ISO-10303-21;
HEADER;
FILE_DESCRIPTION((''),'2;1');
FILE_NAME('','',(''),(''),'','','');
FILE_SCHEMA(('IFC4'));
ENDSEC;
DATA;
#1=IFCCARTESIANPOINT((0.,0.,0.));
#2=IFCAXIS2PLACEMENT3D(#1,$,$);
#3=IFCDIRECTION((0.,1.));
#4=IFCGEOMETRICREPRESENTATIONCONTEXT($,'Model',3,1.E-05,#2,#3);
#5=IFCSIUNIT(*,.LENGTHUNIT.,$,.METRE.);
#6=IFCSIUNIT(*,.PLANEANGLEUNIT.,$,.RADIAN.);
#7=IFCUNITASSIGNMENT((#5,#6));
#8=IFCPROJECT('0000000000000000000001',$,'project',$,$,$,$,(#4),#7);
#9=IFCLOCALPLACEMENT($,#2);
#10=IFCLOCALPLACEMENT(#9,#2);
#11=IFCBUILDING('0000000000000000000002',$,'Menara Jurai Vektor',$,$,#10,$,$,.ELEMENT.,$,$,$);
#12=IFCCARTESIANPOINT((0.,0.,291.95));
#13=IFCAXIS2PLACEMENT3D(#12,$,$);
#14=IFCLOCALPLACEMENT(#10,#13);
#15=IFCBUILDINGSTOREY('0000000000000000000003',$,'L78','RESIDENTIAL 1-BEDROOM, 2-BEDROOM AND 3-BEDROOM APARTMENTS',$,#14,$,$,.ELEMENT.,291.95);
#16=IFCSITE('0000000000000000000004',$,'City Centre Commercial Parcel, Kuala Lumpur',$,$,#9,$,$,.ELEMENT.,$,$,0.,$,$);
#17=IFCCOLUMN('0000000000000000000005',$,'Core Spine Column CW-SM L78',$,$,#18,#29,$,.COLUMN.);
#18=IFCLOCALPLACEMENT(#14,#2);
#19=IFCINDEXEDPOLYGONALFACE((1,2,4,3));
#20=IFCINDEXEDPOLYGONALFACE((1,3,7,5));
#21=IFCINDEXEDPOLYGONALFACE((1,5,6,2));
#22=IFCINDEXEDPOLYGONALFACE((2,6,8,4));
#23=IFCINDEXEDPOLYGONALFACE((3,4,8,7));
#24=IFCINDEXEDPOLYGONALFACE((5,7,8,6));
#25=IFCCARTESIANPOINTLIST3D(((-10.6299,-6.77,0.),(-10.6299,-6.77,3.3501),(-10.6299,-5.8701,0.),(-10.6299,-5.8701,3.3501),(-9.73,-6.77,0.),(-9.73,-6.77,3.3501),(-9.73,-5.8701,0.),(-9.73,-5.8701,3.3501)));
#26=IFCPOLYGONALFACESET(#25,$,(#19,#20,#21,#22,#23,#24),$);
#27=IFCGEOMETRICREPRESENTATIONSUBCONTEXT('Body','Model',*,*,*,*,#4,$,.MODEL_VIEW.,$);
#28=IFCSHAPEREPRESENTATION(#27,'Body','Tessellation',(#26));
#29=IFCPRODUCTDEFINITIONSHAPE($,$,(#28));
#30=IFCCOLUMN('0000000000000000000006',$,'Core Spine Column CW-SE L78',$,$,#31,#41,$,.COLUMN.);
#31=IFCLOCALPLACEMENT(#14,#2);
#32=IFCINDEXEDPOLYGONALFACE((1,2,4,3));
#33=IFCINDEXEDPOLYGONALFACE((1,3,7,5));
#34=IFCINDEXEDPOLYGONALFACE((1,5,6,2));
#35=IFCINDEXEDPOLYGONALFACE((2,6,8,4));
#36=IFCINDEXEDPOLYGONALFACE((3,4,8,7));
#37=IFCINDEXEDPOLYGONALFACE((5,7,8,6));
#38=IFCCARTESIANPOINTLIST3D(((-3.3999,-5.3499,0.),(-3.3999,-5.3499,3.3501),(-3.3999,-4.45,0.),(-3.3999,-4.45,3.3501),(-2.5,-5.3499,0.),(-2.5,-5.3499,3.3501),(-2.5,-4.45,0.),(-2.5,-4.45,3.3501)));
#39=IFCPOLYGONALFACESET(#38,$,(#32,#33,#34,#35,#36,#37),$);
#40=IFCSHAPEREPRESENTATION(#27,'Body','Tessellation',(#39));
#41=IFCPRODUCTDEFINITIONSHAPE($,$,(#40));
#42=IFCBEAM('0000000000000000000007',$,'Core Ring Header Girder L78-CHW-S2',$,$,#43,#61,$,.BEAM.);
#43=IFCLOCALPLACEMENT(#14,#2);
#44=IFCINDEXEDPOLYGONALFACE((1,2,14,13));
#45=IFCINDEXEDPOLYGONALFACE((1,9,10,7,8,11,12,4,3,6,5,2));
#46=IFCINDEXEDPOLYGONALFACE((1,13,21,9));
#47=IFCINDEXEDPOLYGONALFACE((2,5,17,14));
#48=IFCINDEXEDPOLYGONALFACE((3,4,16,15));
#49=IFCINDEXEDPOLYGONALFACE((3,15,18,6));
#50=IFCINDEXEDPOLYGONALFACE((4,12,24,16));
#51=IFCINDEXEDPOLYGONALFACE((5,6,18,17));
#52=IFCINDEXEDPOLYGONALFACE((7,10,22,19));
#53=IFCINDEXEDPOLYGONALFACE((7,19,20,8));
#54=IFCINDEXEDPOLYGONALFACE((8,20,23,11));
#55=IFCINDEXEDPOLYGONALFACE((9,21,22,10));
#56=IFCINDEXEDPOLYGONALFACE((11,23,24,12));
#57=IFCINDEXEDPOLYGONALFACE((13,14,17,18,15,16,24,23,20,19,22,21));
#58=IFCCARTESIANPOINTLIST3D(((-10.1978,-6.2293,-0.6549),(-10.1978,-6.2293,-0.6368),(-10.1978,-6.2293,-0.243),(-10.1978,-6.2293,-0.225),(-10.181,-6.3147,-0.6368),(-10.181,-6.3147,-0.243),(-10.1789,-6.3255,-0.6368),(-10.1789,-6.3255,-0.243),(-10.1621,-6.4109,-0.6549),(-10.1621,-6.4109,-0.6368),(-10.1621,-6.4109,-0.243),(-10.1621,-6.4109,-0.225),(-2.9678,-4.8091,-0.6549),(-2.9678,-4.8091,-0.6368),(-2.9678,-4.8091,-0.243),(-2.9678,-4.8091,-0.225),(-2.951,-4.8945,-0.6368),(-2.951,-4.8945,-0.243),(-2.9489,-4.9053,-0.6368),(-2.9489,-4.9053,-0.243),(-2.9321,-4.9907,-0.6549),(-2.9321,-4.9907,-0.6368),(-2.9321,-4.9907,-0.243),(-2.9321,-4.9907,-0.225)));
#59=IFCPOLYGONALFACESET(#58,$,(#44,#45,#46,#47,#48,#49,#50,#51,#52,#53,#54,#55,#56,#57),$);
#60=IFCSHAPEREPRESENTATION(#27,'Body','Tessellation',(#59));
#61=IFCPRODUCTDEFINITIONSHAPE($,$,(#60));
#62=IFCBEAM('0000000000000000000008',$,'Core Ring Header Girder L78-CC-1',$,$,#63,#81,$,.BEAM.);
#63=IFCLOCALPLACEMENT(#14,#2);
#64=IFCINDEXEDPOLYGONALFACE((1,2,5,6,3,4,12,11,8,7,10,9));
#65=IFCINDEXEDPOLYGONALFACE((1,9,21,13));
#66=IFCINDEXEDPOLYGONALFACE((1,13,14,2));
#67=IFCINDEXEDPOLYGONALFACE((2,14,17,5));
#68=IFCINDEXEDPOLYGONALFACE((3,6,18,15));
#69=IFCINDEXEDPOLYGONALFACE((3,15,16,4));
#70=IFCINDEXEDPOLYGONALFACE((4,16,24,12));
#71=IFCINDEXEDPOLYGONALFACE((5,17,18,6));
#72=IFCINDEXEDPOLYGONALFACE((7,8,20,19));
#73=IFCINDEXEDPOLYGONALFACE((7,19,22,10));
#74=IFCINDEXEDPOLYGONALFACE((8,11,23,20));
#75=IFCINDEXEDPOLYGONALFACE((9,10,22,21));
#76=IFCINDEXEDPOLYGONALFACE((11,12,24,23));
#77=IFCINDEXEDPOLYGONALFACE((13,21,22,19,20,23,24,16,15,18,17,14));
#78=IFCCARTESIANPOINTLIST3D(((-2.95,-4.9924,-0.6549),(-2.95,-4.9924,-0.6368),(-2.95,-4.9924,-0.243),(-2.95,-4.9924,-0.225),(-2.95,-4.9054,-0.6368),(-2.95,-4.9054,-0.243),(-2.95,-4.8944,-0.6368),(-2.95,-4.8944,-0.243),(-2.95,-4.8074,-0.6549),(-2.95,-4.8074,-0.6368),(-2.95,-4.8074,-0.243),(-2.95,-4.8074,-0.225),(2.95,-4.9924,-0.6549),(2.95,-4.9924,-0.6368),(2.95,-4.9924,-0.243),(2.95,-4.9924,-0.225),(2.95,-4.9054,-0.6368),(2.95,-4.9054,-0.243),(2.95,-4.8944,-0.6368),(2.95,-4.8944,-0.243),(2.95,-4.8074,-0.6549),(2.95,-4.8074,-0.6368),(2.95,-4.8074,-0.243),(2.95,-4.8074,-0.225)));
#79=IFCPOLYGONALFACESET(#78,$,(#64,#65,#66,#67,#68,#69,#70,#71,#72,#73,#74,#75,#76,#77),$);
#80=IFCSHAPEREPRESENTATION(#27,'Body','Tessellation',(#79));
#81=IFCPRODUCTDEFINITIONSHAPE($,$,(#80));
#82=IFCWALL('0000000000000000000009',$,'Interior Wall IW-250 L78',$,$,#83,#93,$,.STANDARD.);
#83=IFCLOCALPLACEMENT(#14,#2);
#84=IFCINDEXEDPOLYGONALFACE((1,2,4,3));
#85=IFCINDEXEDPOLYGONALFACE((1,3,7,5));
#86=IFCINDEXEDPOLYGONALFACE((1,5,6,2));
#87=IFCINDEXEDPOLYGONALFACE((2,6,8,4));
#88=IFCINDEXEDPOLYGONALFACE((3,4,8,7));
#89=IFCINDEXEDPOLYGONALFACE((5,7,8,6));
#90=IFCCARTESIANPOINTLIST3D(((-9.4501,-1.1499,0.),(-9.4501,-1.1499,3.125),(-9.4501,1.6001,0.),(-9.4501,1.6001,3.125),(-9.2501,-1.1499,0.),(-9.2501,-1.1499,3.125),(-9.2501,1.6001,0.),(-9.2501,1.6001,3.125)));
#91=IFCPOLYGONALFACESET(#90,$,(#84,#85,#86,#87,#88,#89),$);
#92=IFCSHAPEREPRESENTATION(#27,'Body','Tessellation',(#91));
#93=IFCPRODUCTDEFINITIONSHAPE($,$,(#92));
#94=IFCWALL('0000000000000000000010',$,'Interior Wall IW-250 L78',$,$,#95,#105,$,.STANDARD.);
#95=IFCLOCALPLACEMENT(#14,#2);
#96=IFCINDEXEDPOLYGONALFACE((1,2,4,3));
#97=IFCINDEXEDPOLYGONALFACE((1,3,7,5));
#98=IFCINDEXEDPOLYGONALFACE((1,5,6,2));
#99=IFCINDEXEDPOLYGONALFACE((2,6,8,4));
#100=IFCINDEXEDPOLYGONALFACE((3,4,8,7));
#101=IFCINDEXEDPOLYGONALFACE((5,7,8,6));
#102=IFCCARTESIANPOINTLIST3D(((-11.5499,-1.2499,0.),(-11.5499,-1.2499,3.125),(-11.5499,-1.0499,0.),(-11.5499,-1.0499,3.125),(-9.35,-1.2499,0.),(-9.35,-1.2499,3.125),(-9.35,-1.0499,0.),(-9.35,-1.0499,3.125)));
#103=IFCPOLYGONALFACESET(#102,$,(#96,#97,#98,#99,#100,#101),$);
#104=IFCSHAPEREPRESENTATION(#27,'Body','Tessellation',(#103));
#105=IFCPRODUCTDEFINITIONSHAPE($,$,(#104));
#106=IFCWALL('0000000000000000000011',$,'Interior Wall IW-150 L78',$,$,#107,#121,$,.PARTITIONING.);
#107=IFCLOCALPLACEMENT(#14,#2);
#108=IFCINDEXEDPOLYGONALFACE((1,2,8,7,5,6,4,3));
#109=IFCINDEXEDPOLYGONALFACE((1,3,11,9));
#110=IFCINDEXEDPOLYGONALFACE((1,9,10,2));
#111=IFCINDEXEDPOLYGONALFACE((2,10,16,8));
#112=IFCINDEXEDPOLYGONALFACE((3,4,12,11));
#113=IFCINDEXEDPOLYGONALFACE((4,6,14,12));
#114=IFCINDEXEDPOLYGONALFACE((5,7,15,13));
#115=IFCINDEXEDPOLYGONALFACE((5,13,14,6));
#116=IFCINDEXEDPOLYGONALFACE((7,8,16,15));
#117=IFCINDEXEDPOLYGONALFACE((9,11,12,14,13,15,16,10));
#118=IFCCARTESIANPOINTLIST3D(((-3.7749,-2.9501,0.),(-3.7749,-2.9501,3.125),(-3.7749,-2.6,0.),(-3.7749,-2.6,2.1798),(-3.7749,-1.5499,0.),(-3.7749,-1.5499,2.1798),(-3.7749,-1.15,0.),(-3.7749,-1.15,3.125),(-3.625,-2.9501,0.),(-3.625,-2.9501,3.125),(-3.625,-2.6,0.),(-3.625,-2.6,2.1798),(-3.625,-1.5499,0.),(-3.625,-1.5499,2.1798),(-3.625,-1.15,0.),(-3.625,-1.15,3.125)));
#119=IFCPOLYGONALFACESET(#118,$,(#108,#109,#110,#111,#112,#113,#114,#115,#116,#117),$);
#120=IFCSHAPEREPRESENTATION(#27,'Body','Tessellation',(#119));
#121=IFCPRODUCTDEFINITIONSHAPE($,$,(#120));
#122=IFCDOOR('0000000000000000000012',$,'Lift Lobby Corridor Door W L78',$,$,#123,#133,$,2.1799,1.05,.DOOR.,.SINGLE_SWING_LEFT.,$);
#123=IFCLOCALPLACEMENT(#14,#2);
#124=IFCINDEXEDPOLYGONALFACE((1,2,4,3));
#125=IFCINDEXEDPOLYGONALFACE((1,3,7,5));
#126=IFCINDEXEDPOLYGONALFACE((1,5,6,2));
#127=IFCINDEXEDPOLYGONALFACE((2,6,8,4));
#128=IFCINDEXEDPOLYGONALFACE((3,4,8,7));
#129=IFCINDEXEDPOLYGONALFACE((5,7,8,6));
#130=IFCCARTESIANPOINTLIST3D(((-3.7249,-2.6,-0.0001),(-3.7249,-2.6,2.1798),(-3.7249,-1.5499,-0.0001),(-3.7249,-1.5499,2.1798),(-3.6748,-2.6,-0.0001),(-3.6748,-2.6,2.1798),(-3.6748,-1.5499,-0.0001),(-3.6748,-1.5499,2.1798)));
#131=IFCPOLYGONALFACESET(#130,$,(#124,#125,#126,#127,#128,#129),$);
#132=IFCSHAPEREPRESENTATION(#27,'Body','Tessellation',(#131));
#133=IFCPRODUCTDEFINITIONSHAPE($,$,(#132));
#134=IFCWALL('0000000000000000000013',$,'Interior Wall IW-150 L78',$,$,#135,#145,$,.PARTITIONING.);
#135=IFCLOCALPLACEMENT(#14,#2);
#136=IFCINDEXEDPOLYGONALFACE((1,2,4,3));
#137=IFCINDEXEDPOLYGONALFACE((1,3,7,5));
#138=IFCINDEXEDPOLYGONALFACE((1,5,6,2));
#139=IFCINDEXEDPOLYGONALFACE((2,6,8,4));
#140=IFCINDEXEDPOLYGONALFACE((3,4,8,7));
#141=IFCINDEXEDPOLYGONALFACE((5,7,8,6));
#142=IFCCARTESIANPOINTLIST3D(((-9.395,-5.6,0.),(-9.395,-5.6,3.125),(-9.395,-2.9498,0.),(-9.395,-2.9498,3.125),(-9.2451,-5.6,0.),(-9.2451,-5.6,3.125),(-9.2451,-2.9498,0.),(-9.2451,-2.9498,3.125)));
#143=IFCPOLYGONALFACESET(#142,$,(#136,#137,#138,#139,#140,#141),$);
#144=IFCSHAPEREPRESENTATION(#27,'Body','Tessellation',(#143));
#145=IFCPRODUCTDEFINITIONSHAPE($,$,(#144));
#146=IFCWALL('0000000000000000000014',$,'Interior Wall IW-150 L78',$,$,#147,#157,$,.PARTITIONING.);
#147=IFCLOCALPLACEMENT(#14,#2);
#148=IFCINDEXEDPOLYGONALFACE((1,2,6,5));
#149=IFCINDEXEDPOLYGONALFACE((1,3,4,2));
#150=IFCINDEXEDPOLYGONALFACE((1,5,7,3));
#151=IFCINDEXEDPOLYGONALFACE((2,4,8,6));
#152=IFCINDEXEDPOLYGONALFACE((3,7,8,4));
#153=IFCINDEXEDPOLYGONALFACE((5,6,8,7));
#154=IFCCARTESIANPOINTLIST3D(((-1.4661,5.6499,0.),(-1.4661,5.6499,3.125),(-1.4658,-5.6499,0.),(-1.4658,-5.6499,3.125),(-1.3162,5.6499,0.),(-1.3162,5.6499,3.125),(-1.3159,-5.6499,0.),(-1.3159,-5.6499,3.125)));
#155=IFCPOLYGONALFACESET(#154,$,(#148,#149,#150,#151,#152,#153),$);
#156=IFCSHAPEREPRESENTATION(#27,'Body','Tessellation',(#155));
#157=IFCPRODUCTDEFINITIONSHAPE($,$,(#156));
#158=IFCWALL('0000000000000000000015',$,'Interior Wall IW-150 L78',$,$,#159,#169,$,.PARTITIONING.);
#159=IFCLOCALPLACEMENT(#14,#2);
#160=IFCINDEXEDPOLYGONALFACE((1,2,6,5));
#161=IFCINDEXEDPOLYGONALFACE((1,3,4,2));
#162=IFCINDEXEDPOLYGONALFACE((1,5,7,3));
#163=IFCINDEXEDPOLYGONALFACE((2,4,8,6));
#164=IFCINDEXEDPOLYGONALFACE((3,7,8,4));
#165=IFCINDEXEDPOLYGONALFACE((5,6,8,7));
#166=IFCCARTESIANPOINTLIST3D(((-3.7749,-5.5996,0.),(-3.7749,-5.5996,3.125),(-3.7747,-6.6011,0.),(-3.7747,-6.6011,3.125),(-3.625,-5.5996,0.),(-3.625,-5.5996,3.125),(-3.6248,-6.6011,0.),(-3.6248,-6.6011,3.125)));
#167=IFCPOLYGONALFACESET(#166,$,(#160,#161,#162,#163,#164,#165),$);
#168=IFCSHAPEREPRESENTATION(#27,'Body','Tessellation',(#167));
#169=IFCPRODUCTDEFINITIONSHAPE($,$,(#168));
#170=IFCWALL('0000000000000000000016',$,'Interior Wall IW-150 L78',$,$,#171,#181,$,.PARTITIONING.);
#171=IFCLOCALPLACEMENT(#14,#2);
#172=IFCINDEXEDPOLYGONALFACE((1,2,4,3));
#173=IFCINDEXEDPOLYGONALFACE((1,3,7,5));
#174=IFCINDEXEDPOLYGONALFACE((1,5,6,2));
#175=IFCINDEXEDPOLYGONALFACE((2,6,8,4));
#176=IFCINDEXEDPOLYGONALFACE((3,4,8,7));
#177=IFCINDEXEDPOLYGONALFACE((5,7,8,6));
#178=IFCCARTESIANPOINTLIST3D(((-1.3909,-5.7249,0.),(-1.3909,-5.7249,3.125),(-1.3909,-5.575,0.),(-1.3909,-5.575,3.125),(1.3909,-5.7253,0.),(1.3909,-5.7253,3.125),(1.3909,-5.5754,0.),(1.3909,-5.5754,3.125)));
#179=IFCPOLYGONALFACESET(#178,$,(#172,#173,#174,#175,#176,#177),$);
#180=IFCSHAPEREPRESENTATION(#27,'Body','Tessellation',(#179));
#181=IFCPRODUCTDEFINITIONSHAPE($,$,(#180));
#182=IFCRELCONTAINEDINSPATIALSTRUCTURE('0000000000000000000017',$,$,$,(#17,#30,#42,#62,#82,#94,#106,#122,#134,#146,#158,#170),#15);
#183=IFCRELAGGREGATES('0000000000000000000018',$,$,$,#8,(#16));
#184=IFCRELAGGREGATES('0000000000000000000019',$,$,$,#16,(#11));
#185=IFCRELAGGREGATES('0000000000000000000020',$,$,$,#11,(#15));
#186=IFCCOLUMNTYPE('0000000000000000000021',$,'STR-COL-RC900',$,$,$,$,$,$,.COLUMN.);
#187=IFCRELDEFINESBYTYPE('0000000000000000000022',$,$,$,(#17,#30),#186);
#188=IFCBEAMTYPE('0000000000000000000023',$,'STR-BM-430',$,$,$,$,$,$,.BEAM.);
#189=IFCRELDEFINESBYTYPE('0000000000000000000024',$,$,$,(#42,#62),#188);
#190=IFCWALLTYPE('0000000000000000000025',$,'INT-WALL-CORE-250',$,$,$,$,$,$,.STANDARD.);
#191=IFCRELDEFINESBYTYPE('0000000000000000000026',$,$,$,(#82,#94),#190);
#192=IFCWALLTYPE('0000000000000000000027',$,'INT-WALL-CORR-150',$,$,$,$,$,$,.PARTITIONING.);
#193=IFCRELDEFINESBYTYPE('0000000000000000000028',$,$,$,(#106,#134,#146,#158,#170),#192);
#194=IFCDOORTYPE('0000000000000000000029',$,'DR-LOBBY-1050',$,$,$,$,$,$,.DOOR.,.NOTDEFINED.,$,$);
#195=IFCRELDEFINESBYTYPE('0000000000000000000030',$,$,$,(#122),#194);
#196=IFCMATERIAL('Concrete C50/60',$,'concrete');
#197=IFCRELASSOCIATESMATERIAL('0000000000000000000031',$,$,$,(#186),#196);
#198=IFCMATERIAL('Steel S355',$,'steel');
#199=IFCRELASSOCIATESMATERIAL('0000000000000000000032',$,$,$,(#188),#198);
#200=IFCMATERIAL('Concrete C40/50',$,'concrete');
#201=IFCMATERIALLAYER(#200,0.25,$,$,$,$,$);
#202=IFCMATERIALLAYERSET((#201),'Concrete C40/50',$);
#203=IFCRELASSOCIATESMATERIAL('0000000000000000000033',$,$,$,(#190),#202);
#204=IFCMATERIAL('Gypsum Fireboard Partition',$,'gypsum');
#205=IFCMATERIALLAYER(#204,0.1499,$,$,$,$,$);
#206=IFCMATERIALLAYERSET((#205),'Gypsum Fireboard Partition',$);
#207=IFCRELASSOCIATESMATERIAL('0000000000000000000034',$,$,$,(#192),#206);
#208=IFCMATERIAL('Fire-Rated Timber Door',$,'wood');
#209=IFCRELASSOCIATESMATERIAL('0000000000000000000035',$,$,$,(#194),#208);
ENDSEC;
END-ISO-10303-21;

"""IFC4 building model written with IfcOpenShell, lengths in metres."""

from ifc_helpers import new_model, si_unit, direction, frame, frame_2d, origin, origin_2d, place, context, subcontext, project, spatial, rectangle, i_section, extrude, material, layer, layer_set, material_profile, profile_set, type_object, element, fill, save


model = new_model("IFC4")

# Units and contexts
model_context = context("Model", 3, precision=1e-05, world=origin(), true_north=direction((0.0, 1.0)))
body_context = subcontext(model_context, "Body", "Model", "MODEL_VIEW")
ifc_project = project(units=[si_unit("LENGTHUNIT", "METRE"), si_unit("PLANEANGLEUNIT", "RADIAN")], contexts=[model_context])

# Site, building, storey
site_placement = place(None, origin())
site = spatial("IfcSite", under=ifc_project, at=site_placement, Name="City Centre Commercial Parcel, Kuala Lumpur", CompositionType="ELEMENT", RefElevation=0.0)
building_placement = place(site_placement, origin())
building = spatial("IfcBuilding", under=site, at=building_placement, Name="Menara Jurai Vektor", CompositionType="ELEMENT")
storey_placement = place(building_placement, frame((0.0, 0.0, 291.95)))
storey = spatial("IfcBuildingStorey", under=building, at=storey_placement, Name="L78", Description="RESIDENTIAL 1-BEDROOM, 2-BEDROOM AND 3-BEDROOM APARTMENTS", CompositionType="ELEMENT", Elevation=291.95)

# Columns
ifc_material_1 = material(Name="Concrete C50/60", Category="concrete")
ifc_material_profile_1 = material_profile(ifc_material_1, rectangle(XDim=0.8999, YDim=0.8999, at=origin_2d()), Name="RC 900x900")
ifc_profile_set_1 = profile_set([ifc_material_profile_1], Name="Concrete C50/60")
column_type = type_object("IfcColumnType", Name="STR-COL-RC900", PredefinedType="COLUMN", material=ifc_profile_set_1)
for number, where, z_axis, x_axis, name in (
    (1, (-10.1799, -6.3201, 0.0), (0.0, 0.0, 1.0), (1.0, 0.0, 0.0), "Core Spine Column CW-SM L78"),
    (2, (-2.95, -4.8999, 0.0), (0.0, 0.0, 1.0), (1.0, 0.0, 0.0), "Core Spine Column CW-SE L78"),
):
    element("IfcColumn", number, at=place(storey_placement, frame(where, z_axis=z_axis, x_axis=x_axis)), inside=storey, type_object=column_type, Name=name, PredefinedType="COLUMN", context=body_context, shape_type="SweptSolid", body=[
        extrude(rectangle(XDim=0.8999, YDim=0.8999, at=origin_2d()), origin(), (0.0, 0.0, 1.0), 3.3501),
    ])

# Beams
ifc_material_2 = material(Name="Steel S355", Category="steel")
ifc_material_profile_2 = material_profile(ifc_material_2, i_section(OverallWidth=0.1851, OverallDepth=0.4299, WebThickness=0.011, FlangeThickness=0.0181, at=origin_2d()), Name="PG 430x185x76")
ifc_profile_set_2 = profile_set([ifc_material_profile_2], Name="Steel S355")
beam_type = type_object("IfcBeamType", Name="STR-BM-430", PredefinedType="BEAM", material=ifc_profile_set_2)
beam_1_placement = place(storey_placement, frame((-10.1799, -6.3201, -0.4399), z_axis=(0.981249, 0.192744, 0.0), x_axis=(-0.192744, 0.981249, 0.0)))
element("IfcBeam", 3, at=beam_1_placement, inside=storey, type_object=beam_type, Name="Core Ring Header Girder L78-CHW-S2", PredefinedType="BEAM", context=body_context, shape_type="SweptSolid", body=[
    extrude(i_section(OverallWidth=0.1851, OverallDepth=0.4299, WebThickness=0.011, FlangeThickness=0.0181, at=origin_2d()), origin(), (0.0, 0.0, 1.0), 7.3682),
])
beam_2_placement = place(storey_placement, frame((-2.95, -4.8999, -0.4399), z_axis=(1.0, 0.0, 0.0), x_axis=(0.0, 1.0, 0.0)))
element("IfcBeam", 4, at=beam_2_placement, inside=storey, type_object=beam_type, Name="Core Ring Header Girder L78-CC-1", PredefinedType="BEAM", context=body_context, shape_type="SweptSolid", body=[
    extrude(i_section(OverallWidth=0.1851, OverallDepth=0.4299, WebThickness=0.011, FlangeThickness=0.0181, at=origin_2d()), origin(), (0.0, 0.0, 1.0), 5.8999),
])

# Shared definitions
ifc_material_3 = material(Name="Concrete C40/50", Category="concrete")
ifc_layer_1 = layer(ifc_material_3, 0.25)
ifc_layer_set_1 = layer_set([ifc_layer_1], Name="Concrete C40/50")
wall_type_1 = type_object("IfcWallType", Name="INT-WALL-CORE-250", PredefinedType="STANDARD", material=ifc_layer_set_1)

# Walls
wall_1_placement = place(storey_placement, frame((-9.3501, -1.1499, 0.0), z_axis=(0.0, 0.0, 1.0), x_axis=(0.0, 1.0, 0.0)))
element("IfcWall", 5, at=wall_1_placement, inside=storey, type_object=wall_type_1, Name="Interior Wall IW-250 L78", PredefinedType="STANDARD", context=body_context, shape_type="SweptSolid", body=[
    extrude(rectangle(XDim=2.75, YDim=0.2, at=frame_2d((1.375, 0.0))), origin(), (0.0, 0.0, 1.0), 3.125),
])
wall_2_placement = place(storey_placement, frame((-11.55, -1.1499, 0.0), z_axis=(0.0, 0.0, 1.0), x_axis=(1.0, 0.0, 0.0)))
element("IfcWall", 6, at=wall_2_placement, inside=storey, type_object=wall_type_1, Name="Interior Wall IW-250 L78", PredefinedType="STANDARD", context=body_context, shape_type="SweptSolid", body=[
    extrude(rectangle(XDim=2.2, YDim=0.2, at=frame_2d((1.1001, 0.0))), origin(), (0.0, 0.0, 1.0), 3.125),
])

# Wall, opening, door
ifc_material_4 = material(Name="Gypsum Fireboard Partition", Category="gypsum")
ifc_layer_2 = layer(ifc_material_4, 0.1499)
ifc_layer_set_2 = layer_set([ifc_layer_2], Name="Gypsum Fireboard Partition")
wall_type_2 = type_object("IfcWallType", Name="INT-WALL-CORR-150", PredefinedType="PARTITIONING", material=ifc_layer_set_2)
wall_3_placement = place(storey_placement, frame((-3.7, -2.95, 0.0), z_axis=(0.0, 0.0, 1.0), x_axis=(0.0, 1.0, 0.0)))
wall_3 = element("IfcWall", 7, at=wall_3_placement, inside=storey, type_object=wall_type_2, Name="Interior Wall IW-150 L78", PredefinedType="PARTITIONING", context=body_context, shape_type="SweptSolid", body=[
    extrude(rectangle(XDim=1.8, YDim=0.1499, at=frame_2d((0.8999, 0.0))), origin(), (0.0, 0.0, 1.0), 3.125),
])
opening_1_placement = place(wall_3_placement, frame((0.3501, 0.0, 0.0)))
opening_1 = element("IfcOpeningElement", 8, at=opening_1_placement, cuts=wall_3, PredefinedType="OPENING", context=body_context, shape_type="SweptSolid", body=[
    extrude(rectangle(XDim=1.05, YDim=2.1799, at=frame_2d((0.5249, 1.0898))), frame((0.0, 0.085, 0.0), z_axis=(0.0, -1.0, 0.0), x_axis=(1.0, 0.0, 0.0)), (0.0, 0.0, 1.0), 0.1699),
])
ifc_material_5 = material(Name="Fire-Rated Timber Door", Category="wood")
door_type_1 = type_object("IfcDoorType", Name="DR-LOBBY-1050", OperationType="NOTDEFINED", PredefinedType="DOOR", material=ifc_material_5)
door_1_placement = place(opening_1_placement, origin())
door_1 = element("IfcDoor", 9, at=door_1_placement, inside=storey, type_object=door_type_1, Name="Lift Lobby Corridor Door W L78", OperationType="SINGLE_SWING_LEFT", OverallHeight=2.1799, OverallWidth=1.05, PredefinedType="DOOR", context=body_context, shape_type="SweptSolid", body=[
    extrude(rectangle(XDim=1.05, YDim=2.1799, at=frame_2d((0.5249, 1.0898))), frame((0.0, 0.0249, 0.0), z_axis=(0.0, -1.0, 0.0), x_axis=(1.0, 0.0, 0.0)), (0.0, 0.0, 1.0), 0.05),
])
fill(opening_1, door_1)

# Walls
wall_4_placement = place(storey_placement, frame((-9.3201, -5.6001, 0.0), z_axis=(0.0, 0.0, 1.0), x_axis=(0.0, 1.0, 0.0)))
element("IfcWall", 10, at=wall_4_placement, inside=storey, type_object=wall_type_2, Name="Interior Wall IW-150 L78", PredefinedType="PARTITIONING", context=body_context, shape_type="SweptSolid", body=[
    extrude(rectangle(XDim=2.6501, YDim=0.1499, at=frame_2d((1.3252, 0.0))), origin(), (0.0, 0.0, 1.0), 3.125),
])
wall_5_placement = place(storey_placement, frame((-1.3909, -5.6499, 0.0), z_axis=(0.0, 0.0, 1.0), x_axis=(-0.000022, 1.0, 0.0)))
element("IfcWall", 11, at=wall_5_placement, inside=storey, type_object=wall_type_2, Name="Interior Wall IW-150 L78", PredefinedType="PARTITIONING", context=body_context, shape_type="SweptSolid", body=[
    extrude(rectangle(XDim=11.2998, YDim=0.1499, at=frame_2d((5.6499, 0.0))), origin(), (0.0, 0.0, 1.0), 3.125),
])
wall_6_placement = place(storey_placement, frame((-3.6997, -6.6011, 0.0), z_axis=(0.0, 0.0, 1.0), x_axis=(-0.000244, 1.0, 0.0)))
element("IfcWall", 12, at=wall_6_placement, inside=storey, type_object=wall_type_2, Name="Interior Wall IW-150 L78", PredefinedType="PARTITIONING", context=body_context, shape_type="SweptSolid", body=[
    extrude(rectangle(XDim=1.0015, YDim=0.1499, at=frame_2d((0.5007, 0.0))), origin(), (0.0, 0.0, 1.0), 3.125),
])
wall_7_placement = place(storey_placement, frame((-1.3909, -5.6499, 0.0), z_axis=(0.0, 0.0, 1.0), x_axis=(1.0, -0.000176, 0.0)))
element("IfcWall", 13, at=wall_7_placement, inside=storey, type_object=wall_type_2, Name="Interior Wall IW-150 L78", PredefinedType="PARTITIONING", context=body_context, shape_type="SweptSolid", body=[
    extrude(rectangle(XDim=2.7817, YDim=0.1499, at=frame_2d((1.3909, 0.0))), origin(), (0.0, 0.0, 1.0), 3.125),
])

save(model, "model.ifc")
